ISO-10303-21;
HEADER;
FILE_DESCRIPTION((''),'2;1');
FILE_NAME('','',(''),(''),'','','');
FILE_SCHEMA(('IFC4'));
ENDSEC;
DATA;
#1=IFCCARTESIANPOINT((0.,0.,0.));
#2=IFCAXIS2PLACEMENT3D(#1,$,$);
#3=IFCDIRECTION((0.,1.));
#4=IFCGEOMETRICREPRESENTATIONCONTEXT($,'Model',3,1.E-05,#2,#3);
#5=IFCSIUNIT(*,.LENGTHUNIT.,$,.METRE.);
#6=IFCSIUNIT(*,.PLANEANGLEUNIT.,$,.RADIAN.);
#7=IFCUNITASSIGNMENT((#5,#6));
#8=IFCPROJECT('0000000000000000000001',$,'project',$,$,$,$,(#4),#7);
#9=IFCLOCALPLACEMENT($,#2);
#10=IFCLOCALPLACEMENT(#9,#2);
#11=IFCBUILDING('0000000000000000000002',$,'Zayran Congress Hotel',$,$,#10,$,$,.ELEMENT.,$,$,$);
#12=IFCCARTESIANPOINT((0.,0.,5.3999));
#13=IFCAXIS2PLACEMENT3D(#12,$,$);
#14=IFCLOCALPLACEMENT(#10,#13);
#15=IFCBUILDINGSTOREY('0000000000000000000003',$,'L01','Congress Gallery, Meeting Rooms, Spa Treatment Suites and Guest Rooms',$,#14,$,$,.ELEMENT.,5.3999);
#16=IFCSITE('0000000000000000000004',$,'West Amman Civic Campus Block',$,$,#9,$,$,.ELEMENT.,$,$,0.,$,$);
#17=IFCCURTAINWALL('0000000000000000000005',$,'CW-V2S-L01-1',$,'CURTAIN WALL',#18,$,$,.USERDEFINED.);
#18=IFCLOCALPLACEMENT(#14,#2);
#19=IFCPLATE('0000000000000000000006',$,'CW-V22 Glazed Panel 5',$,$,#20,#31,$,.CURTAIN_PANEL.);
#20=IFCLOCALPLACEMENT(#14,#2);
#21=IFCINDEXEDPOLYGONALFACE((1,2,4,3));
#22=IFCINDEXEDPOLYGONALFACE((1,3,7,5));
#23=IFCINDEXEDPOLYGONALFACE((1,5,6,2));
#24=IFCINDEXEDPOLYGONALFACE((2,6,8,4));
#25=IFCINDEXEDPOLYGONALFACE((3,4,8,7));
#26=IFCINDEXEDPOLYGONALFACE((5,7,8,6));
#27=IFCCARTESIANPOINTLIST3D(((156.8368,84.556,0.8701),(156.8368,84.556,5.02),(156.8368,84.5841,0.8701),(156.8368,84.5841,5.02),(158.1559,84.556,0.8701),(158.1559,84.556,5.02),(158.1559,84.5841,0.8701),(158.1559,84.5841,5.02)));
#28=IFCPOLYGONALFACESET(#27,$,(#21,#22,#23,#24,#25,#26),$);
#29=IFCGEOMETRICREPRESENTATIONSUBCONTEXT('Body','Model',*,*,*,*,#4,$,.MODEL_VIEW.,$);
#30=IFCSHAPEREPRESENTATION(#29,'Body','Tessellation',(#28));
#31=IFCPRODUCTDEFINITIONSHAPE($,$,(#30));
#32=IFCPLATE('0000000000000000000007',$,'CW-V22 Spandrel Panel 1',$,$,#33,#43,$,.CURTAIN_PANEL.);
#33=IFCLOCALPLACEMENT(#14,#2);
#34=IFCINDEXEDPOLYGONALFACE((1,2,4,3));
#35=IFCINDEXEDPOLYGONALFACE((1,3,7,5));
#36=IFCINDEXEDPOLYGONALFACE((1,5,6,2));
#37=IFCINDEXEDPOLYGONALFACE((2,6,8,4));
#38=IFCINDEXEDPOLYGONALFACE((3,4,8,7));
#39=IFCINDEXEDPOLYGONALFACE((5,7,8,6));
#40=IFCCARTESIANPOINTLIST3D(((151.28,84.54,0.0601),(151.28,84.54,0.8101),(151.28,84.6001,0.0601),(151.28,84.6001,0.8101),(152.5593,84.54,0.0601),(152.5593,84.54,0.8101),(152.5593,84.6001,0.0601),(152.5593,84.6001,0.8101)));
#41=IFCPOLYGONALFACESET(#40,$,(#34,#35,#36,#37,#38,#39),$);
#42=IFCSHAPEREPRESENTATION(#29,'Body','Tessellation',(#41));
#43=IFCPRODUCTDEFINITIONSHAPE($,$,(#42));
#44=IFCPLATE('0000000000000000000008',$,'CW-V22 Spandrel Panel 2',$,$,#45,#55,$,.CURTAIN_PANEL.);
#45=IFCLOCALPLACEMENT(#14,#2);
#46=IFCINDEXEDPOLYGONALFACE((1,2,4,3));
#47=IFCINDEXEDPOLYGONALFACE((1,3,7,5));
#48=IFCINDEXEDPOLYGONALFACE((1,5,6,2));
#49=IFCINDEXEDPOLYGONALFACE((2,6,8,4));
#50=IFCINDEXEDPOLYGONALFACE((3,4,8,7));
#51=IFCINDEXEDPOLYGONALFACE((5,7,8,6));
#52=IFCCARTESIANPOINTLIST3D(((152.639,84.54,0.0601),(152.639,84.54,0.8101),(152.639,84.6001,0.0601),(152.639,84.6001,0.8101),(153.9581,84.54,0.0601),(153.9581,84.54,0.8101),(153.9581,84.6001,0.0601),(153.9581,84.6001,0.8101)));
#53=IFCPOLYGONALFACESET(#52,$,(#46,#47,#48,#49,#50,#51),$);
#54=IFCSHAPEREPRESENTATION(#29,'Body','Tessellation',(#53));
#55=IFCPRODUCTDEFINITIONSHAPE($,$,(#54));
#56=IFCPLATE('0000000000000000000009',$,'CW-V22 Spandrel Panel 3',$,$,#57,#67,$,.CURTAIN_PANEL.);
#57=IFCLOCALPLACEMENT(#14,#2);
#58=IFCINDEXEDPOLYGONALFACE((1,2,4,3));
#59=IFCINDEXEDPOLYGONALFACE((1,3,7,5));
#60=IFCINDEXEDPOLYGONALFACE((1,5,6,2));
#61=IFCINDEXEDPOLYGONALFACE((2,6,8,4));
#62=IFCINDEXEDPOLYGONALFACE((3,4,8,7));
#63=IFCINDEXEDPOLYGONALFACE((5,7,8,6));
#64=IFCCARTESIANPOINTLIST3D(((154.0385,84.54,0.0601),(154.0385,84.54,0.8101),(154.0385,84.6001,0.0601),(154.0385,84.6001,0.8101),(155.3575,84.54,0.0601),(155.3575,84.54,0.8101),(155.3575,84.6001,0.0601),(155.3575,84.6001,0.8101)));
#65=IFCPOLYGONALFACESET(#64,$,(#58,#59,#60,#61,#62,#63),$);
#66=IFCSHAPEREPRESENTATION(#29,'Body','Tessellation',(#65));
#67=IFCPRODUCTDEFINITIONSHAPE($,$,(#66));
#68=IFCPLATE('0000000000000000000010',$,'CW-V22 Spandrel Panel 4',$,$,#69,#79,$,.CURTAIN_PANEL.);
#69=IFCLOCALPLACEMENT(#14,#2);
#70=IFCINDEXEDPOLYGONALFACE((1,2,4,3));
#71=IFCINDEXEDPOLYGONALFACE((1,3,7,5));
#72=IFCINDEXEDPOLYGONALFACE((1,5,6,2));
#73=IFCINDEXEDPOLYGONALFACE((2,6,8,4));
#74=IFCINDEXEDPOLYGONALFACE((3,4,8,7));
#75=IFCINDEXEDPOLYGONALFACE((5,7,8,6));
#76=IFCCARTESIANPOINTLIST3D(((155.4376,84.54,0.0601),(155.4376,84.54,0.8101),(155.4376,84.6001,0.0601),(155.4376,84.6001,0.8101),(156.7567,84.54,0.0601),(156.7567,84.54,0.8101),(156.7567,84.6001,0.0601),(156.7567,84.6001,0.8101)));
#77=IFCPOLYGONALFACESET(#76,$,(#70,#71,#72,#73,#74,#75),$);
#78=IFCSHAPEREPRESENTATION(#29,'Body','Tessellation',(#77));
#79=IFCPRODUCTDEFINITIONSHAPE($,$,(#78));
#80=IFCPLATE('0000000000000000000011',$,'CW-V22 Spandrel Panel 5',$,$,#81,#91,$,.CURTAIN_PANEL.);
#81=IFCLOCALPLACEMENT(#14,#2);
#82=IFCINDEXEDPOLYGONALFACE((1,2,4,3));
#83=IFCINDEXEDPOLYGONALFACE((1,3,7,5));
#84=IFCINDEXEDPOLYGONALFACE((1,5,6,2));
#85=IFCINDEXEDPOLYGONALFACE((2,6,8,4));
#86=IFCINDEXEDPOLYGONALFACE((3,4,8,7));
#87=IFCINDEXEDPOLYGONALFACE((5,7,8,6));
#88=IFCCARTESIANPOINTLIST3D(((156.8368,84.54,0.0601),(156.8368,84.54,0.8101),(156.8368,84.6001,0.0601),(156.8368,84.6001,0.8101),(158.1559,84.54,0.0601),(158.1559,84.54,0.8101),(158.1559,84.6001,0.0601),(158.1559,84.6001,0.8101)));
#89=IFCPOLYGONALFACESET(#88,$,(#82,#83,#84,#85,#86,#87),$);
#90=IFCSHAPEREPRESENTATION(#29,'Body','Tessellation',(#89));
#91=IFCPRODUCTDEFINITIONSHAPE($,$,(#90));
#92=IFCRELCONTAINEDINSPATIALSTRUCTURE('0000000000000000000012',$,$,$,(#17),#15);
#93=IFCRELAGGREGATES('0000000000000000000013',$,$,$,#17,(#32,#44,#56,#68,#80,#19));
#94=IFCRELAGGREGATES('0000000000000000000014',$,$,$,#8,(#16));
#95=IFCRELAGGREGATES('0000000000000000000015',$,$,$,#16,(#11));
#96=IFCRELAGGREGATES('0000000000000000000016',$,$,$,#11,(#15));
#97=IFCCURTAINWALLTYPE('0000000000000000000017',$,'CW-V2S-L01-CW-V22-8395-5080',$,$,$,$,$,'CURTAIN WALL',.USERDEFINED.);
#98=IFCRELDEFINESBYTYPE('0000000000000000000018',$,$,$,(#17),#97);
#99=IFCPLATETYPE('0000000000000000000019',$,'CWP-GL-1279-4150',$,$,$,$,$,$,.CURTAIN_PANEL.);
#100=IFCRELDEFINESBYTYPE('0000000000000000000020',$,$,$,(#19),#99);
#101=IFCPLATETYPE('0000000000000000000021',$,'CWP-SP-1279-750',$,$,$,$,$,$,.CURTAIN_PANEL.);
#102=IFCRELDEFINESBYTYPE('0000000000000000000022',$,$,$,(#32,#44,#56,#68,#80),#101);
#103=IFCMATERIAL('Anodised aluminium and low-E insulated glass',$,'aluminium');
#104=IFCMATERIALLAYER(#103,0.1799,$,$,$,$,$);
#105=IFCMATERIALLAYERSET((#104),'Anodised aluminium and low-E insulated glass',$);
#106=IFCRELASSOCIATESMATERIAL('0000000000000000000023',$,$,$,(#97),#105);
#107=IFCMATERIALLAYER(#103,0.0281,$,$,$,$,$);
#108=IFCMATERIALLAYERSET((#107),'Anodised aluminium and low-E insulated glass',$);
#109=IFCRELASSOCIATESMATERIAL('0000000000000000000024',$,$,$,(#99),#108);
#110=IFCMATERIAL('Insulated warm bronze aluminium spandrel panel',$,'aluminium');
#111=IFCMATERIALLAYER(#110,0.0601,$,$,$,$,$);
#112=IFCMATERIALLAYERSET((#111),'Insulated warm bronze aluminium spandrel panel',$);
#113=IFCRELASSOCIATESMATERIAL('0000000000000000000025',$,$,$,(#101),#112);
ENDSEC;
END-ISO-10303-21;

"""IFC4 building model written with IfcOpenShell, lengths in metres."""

from ifc_helpers import new_model, si_unit, direction, frame, origin, origin_2d, place, context, subcontext, project, spatial, rectangle, extrude, material, layer, layer_set, type_object, element, aggregate, save


model = new_model("IFC4")

# Units and contexts
model_context = context("Model", 3, precision=1e-05, world=origin(), true_north=direction((0.0, 1.0)))
body_context = subcontext(model_context, "Body", "Model", "MODEL_VIEW")
ifc_project = project(units=[si_unit("LENGTHUNIT", "METRE"), si_unit("PLANEANGLEUNIT", "RADIAN")], contexts=[model_context])

# Site, building, storey
site_placement = place(None, origin())
site = spatial("IfcSite", under=ifc_project, at=site_placement, Name="West Amman Civic Campus Block", CompositionType="ELEMENT", RefElevation=0.0)
building_placement = place(site_placement, origin())
building = spatial("IfcBuilding", under=site, at=building_placement, Name="Zayran Congress Hotel", CompositionType="ELEMENT")
storey_placement = place(building_placement, frame((0.0, 0.0, 5.3999)))
storey = spatial("IfcBuildingStorey", under=building, at=storey_placement, Name="L01", Description="Congress Gallery, Meeting Rooms, Spa Treatment Suites and Guest Rooms", CompositionType="ELEMENT", Elevation=5.3999)

# Curtain wall, plates
ifc_material_1 = material(Name="Anodised aluminium and low-E insulated glass", Category="aluminium")
ifc_layer_1 = layer(ifc_material_1, 0.1799)
ifc_layer_set_1 = layer_set([ifc_layer_1], Name="Anodised aluminium and low-E insulated glass")
curtain_wall_type = type_object("IfcCurtainWallType", Name="CW-V2S-L01-CW-V22-8395-5080", ElementType="CURTAIN WALL", PredefinedType="USERDEFINED", material=ifc_layer_set_1)
curtain_wall_placement = place(storey_placement, origin())
curtain_wall = element("IfcCurtainWall", 1, at=curtain_wall_placement, inside=storey, type_object=curtain_wall_type, Name="CW-V2S-L01-1", ObjectType="CURTAIN WALL", PredefinedType="USERDEFINED")
ifc_layer_2 = layer(ifc_material_1, 0.0281)
ifc_layer_set_2 = layer_set([ifc_layer_2], Name="Anodised aluminium and low-E insulated glass")
plate_type_1 = type_object("IfcPlateType", Name="CWP-GL-1279-4150", PredefinedType="CURTAIN_PANEL", material=ifc_layer_set_2)
plate_1_placement = place(storey_placement, frame((157.4963, 84.5701, 0.8701), z_axis=(0.0, 0.0, 1.0), x_axis=(1.0, 0.0, 0.0)))
plate_1 = element("IfcPlate", 2, at=plate_1_placement, type_object=plate_type_1, Name="CW-V22 Glazed Panel 5", PredefinedType="CURTAIN_PANEL", context=body_context, shape_type="SweptSolid", body=[
    extrude(rectangle(XDim=1.3191, YDim=0.0281, at=origin_2d()), origin(), (0.0, 0.0, 1.0), 4.1499),
])
ifc_material_2 = material(Name="Insulated warm bronze aluminium spandrel panel", Category="aluminium")
ifc_layer_3 = layer(ifc_material_2, 0.0601)
ifc_layer_set_3 = layer_set([ifc_layer_3], Name="Insulated warm bronze aluminium spandrel panel")
plate_type_2 = type_object("IfcPlateType", Name="CWP-SP-1279-750", PredefinedType="CURTAIN_PANEL", material=ifc_layer_set_3)
plate_2_placement = place(storey_placement, frame((151.9197, 84.5701, 0.0601), z_axis=(0.0, 0.0, 1.0), x_axis=(1.0, 0.0, 0.0)))
plate_2 = element("IfcPlate", 3, at=plate_2_placement, type_object=plate_type_2, Name="CW-V22 Spandrel Panel 1", PredefinedType="CURTAIN_PANEL", context=body_context, shape_type="SweptSolid", body=[
    extrude(rectangle(XDim=1.2793, YDim=0.0601, at=origin_2d()), origin(), (0.0, 0.0, 1.0), 0.75),
])
plate_3_placement = place(storey_placement, frame((153.2986, 84.5701, 0.0601), z_axis=(0.0, 0.0, 1.0), x_axis=(1.0, 0.0, 0.0)))
plate_3 = element("IfcPlate", 4, at=plate_3_placement, type_object=plate_type_2, Name="CW-V22 Spandrel Panel 2", PredefinedType="CURTAIN_PANEL", context=body_context, shape_type="SweptSolid", body=[
    extrude(rectangle(XDim=1.3191, YDim=0.0601, at=origin_2d()), origin(), (0.0, 0.0, 1.0), 0.75),
])
plate_4_placement = place(storey_placement, frame((154.698, 84.5701, 0.0601), z_axis=(0.0, 0.0, 1.0), x_axis=(1.0, 0.0, 0.0)))
plate_4 = element("IfcPlate", 5, at=plate_4_placement, type_object=plate_type_2, Name="CW-V22 Spandrel Panel 3", PredefinedType="CURTAIN_PANEL", context=body_context, shape_type="SweptSolid", body=[
    extrude(rectangle(XDim=1.3191, YDim=0.0601, at=origin_2d()), origin(), (0.0, 0.0, 1.0), 0.75),
])
plate_5_placement = place(storey_placement, frame((156.0972, 84.5701, 0.0601), z_axis=(0.0, 0.0, 1.0), x_axis=(1.0, 0.0, 0.0)))
plate_5 = element("IfcPlate", 6, at=plate_5_placement, type_object=plate_type_2, Name="CW-V22 Spandrel Panel 4", PredefinedType="CURTAIN_PANEL", context=body_context, shape_type="SweptSolid", body=[
    extrude(rectangle(XDim=1.3191, YDim=0.0601, at=origin_2d()), origin(), (0.0, 0.0, 1.0), 0.75),
])
plate_6_placement = place(storey_placement, frame((157.4963, 84.5701, 0.0601), z_axis=(0.0, 0.0, 1.0), x_axis=(1.0, 0.0, 0.0)))
plate_6 = element("IfcPlate", 7, at=plate_6_placement, type_object=plate_type_2, Name="CW-V22 Spandrel Panel 5", PredefinedType="CURTAIN_PANEL", context=body_context, shape_type="SweptSolid", body=[
    extrude(rectangle(XDim=1.3191, YDim=0.0601, at=origin_2d()), origin(), (0.0, 0.0, 1.0), 0.75),
])
aggregate(curtain_wall, [plate_2, plate_3, plate_4, plate_5, plate_6, plate_1])

save(model, "model.ifc")
